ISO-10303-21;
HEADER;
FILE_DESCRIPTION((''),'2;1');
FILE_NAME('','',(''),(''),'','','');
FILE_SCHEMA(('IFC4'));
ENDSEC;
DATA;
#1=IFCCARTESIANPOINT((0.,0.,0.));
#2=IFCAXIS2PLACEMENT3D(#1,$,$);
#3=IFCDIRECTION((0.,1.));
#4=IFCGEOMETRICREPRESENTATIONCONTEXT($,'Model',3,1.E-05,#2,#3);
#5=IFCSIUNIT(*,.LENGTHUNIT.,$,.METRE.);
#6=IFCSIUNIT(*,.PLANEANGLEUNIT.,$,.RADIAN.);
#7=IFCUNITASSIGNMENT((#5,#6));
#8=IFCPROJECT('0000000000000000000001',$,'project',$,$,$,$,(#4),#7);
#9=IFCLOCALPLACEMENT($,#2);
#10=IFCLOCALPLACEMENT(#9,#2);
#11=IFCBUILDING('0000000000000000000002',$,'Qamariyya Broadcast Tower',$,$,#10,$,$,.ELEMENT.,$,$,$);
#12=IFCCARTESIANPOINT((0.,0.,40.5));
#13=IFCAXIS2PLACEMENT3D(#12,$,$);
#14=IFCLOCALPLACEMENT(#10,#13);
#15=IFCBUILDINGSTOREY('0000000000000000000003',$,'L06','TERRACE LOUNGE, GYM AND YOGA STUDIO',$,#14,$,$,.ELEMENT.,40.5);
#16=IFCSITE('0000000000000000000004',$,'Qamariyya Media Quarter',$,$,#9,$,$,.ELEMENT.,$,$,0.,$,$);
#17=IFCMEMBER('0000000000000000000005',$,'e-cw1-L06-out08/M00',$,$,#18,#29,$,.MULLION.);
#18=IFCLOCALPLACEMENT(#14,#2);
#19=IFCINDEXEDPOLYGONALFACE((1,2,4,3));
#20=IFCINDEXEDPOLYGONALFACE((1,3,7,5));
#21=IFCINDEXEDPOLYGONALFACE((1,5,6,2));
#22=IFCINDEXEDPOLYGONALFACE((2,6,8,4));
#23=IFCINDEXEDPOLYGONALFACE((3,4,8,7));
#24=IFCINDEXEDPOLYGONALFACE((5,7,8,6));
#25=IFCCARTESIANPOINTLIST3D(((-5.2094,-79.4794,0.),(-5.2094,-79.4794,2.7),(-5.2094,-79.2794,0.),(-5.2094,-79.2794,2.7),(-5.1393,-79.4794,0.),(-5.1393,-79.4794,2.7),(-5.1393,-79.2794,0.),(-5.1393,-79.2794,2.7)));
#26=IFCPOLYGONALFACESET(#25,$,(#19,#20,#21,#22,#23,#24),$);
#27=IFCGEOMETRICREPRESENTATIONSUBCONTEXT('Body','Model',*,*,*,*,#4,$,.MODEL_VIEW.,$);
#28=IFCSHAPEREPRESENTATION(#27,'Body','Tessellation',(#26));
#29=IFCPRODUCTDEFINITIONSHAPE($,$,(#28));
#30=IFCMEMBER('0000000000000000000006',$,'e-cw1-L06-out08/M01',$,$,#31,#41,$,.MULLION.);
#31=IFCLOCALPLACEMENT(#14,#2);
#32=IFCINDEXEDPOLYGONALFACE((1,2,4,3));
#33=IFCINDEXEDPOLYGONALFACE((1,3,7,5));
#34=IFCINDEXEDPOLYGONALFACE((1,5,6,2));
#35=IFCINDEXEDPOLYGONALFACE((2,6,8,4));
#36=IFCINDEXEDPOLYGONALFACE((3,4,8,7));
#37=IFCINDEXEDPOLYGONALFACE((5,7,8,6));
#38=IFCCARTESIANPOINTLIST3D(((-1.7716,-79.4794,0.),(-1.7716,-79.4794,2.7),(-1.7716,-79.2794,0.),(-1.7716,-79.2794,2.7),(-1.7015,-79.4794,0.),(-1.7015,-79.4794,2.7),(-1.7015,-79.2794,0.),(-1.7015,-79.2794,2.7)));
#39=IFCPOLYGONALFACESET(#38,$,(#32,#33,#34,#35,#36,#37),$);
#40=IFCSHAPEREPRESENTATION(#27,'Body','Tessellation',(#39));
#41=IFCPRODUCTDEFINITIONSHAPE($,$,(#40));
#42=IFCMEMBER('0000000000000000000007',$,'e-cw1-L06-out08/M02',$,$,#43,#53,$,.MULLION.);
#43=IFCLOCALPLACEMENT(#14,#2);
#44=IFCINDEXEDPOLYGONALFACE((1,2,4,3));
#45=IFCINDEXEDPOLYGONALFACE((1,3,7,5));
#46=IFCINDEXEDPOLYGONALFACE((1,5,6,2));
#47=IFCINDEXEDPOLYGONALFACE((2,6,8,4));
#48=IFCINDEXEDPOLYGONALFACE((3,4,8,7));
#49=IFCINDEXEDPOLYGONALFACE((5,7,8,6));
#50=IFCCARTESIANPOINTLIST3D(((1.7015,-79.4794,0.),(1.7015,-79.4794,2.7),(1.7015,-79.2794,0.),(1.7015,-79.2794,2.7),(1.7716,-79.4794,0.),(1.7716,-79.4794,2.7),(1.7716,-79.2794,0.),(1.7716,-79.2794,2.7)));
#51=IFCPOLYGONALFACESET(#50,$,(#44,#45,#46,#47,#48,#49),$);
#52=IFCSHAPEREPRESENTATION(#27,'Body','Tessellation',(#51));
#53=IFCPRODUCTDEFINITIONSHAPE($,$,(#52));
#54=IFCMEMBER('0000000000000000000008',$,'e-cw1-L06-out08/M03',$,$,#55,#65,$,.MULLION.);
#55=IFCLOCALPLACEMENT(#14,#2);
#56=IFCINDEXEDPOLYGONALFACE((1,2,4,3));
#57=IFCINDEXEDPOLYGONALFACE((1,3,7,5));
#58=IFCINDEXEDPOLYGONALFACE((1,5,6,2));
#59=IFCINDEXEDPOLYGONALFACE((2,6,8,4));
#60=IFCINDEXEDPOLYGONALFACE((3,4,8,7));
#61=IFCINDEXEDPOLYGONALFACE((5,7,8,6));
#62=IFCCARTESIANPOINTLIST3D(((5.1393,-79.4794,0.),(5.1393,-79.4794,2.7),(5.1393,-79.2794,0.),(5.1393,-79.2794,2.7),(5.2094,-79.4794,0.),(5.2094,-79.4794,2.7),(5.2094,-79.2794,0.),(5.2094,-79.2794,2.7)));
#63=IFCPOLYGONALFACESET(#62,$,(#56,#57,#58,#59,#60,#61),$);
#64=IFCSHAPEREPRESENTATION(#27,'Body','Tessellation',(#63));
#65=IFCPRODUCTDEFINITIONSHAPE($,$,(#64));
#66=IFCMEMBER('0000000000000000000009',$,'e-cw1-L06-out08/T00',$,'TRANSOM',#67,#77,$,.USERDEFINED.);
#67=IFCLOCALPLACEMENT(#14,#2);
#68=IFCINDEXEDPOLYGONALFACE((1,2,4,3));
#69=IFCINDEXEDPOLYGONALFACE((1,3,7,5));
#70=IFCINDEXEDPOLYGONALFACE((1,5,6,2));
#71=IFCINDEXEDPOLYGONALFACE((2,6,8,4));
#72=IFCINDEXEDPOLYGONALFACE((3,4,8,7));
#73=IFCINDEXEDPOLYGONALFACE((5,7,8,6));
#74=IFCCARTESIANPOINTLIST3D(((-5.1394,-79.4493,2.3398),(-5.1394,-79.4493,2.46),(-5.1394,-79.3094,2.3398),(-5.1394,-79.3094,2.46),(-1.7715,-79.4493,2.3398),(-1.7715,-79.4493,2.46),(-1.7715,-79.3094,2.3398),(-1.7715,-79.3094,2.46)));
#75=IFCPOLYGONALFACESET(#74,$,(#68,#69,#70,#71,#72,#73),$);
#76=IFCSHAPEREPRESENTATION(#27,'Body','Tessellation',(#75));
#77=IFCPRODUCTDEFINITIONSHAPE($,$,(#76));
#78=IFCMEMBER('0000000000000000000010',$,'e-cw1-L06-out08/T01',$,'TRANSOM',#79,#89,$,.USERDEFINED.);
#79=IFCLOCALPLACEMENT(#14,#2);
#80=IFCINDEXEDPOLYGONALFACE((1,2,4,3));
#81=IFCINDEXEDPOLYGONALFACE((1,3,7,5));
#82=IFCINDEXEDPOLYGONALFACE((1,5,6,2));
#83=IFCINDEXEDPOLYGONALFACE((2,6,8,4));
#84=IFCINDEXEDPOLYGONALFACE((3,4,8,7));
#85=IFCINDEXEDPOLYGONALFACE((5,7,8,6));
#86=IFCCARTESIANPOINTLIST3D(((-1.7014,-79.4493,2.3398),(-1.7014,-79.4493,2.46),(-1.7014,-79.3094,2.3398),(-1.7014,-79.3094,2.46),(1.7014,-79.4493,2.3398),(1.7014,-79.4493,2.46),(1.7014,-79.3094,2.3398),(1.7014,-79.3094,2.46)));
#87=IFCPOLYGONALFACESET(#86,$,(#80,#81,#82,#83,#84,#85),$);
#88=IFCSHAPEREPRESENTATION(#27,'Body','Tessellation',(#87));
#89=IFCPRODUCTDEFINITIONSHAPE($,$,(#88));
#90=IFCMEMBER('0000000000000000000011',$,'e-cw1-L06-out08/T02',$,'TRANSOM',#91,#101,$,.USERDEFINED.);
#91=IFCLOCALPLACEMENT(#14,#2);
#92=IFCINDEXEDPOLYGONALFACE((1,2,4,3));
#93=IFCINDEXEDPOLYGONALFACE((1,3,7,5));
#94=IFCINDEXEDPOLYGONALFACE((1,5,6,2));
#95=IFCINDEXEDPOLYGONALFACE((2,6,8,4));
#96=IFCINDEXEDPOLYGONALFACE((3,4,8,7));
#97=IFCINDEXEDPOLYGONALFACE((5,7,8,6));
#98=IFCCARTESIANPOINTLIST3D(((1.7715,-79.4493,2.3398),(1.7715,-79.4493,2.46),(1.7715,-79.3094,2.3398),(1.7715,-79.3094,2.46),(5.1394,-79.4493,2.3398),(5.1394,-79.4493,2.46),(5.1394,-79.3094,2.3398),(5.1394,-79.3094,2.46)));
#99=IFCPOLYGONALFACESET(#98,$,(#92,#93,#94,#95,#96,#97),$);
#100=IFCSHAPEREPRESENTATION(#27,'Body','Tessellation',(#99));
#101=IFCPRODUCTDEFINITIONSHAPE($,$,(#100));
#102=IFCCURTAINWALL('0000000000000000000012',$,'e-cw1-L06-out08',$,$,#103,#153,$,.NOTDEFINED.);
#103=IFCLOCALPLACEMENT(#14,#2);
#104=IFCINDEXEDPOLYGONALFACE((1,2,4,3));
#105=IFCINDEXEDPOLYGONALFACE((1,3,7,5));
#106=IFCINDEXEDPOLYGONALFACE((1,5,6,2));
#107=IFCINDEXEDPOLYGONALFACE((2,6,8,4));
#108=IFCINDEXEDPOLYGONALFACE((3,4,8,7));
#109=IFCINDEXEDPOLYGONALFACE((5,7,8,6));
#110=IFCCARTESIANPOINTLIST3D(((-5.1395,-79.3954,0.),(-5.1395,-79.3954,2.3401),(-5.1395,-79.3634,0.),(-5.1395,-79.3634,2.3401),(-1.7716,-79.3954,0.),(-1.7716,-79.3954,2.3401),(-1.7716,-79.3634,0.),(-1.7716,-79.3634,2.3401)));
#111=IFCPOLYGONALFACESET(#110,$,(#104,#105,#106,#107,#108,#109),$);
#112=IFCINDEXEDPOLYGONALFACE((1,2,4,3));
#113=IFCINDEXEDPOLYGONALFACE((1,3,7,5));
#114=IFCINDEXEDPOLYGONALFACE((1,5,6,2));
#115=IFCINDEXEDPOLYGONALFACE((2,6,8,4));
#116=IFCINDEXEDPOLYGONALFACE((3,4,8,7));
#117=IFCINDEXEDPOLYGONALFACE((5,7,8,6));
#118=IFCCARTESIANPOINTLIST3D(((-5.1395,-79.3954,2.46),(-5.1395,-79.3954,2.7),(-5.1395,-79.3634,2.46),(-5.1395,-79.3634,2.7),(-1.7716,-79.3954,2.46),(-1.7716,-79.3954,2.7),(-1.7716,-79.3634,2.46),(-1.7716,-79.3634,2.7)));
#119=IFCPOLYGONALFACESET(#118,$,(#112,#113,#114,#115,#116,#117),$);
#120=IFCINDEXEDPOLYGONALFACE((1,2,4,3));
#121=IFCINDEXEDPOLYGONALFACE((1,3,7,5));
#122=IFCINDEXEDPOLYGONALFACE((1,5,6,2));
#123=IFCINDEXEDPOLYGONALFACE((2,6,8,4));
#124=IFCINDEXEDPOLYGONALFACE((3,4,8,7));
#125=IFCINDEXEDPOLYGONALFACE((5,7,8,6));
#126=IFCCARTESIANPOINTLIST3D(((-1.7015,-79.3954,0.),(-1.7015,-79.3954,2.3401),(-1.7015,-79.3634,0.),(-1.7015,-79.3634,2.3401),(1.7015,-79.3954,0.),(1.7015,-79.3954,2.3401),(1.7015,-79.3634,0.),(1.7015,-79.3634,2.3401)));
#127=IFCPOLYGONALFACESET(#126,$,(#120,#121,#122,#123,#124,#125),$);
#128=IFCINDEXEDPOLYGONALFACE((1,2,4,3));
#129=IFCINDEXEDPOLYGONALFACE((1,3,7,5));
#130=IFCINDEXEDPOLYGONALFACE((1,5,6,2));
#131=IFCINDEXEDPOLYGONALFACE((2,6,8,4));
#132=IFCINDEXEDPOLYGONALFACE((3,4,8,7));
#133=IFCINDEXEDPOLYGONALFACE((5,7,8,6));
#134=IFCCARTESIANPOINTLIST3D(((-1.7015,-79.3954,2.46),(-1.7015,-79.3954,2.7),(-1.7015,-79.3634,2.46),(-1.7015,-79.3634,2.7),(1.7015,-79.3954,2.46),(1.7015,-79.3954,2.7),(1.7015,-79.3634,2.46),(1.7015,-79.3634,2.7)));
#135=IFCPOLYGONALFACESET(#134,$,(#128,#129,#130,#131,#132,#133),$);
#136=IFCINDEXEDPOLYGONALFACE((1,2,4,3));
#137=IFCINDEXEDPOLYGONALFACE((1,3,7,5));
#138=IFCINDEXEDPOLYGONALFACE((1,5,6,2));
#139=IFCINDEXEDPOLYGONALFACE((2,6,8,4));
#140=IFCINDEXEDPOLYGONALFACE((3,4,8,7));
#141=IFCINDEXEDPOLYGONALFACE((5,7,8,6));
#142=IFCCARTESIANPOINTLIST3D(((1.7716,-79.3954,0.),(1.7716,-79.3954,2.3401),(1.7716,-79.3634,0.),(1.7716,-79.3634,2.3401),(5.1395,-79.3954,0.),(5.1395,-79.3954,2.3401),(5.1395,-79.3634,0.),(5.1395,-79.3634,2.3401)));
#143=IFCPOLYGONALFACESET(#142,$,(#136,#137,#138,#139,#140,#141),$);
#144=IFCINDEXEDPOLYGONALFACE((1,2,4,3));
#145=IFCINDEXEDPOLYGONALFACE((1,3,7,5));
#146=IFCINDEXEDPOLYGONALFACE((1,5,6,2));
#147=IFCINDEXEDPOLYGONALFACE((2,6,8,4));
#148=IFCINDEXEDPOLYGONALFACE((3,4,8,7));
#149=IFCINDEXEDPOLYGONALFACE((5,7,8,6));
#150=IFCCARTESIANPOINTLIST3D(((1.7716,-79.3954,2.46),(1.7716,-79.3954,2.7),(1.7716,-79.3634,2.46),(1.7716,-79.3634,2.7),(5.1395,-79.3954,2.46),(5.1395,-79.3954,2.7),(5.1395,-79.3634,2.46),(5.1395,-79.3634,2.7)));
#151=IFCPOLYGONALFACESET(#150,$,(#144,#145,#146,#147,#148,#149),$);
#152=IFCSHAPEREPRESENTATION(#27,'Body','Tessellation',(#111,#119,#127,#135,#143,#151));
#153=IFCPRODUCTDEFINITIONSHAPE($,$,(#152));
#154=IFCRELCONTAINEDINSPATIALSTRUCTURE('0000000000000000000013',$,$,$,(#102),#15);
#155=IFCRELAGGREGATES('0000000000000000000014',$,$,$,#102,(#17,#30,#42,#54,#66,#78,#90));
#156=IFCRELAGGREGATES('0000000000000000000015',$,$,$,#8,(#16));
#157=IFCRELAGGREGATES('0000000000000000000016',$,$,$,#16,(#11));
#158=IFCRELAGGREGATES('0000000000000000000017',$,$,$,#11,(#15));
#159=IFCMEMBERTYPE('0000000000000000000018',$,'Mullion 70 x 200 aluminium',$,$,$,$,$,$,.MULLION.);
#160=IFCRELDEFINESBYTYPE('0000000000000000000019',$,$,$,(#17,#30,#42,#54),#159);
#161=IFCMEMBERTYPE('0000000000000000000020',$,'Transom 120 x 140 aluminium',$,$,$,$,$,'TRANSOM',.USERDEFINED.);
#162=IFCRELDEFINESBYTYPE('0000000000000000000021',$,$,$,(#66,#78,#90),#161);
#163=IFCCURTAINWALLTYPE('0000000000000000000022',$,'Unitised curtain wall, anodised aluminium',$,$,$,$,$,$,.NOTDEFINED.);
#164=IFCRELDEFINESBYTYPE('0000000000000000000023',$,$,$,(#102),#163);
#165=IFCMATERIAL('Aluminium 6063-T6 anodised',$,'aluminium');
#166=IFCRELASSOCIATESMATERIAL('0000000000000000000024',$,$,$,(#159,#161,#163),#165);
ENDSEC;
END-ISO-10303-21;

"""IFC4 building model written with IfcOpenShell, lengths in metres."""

from ifc_helpers import new_model, si_unit, direction, frame, origin, origin_2d, place, context, subcontext, project, spatial, rectangle, extrude, material, material_profile, profile_set, type_object, element, aggregate, save


model = new_model("IFC4")

# Units and contexts
model_context = context("Model", 3, precision=1e-05, world=origin(), true_north=direction((0.0, 1.0)))
body_context = subcontext(model_context, "Body", "Model", "MODEL_VIEW")
ifc_project = project(units=[si_unit("LENGTHUNIT", "METRE"), si_unit("PLANEANGLEUNIT", "RADIAN")], contexts=[model_context])

# Members
ifc_material = material(Name="Aluminium 6063-T6 anodised", Category="aluminium")
ifc_material_profile_1 = material_profile(ifc_material, rectangle(XDim=0.2, YDim=0.0701, at=origin_2d()))
ifc_profile_set_1 = profile_set([ifc_material_profile_1], Name="Aluminium 6063-T6 anodised")
member_type_1 = type_object("IfcMemberType", Name="Mullion 70 x 200 aluminium", PredefinedType="MULLION", material=ifc_profile_set_1)
site_placement = place(None, origin())
building_placement = place(site_placement, origin())
storey_placement = place(building_placement, frame((0.0, 0.0, 40.5)))
member_1_placement = place(storey_placement, frame((-5.1743, -79.3794, 0.0), z_axis=(0.0, 0.0, 1.0), x_axis=(0.0, 1.0, 0.0)))
member_1 = element("IfcMember", 1, at=member_1_placement, type_object=member_type_1, Name="e-cw1-L06-out08/M00", PredefinedType="MULLION", context=body_context, shape_type="SweptSolid", body=[
    extrude(rectangle(XDim=0.2, YDim=0.0701, at=origin_2d()), origin(), (0.0, 0.0, 1.0), 2.7),
])
member_2_placement = place(storey_placement, frame((-1.7366, -79.3794, 0.0), z_axis=(0.0, 0.0, 1.0), x_axis=(0.0, 1.0, 0.0)))
member_2 = element("IfcMember", 2, at=member_2_placement, type_object=member_type_1, Name="e-cw1-L06-out08/M01", PredefinedType="MULLION", context=body_context, shape_type="SweptSolid", body=[
    extrude(rectangle(XDim=0.2, YDim=0.0701, at=origin_2d()), origin(), (0.0, 0.0, 1.0), 2.7),
])
member_3_placement = place(storey_placement, frame((1.7366, -79.3794, 0.0), z_axis=(0.0, 0.0, 1.0), x_axis=(0.0, 1.0, 0.0)))
member_3 = element("IfcMember", 3, at=member_3_placement, type_object=member_type_1, Name="e-cw1-L06-out08/M02", PredefinedType="MULLION", context=body_context, shape_type="SweptSolid", body=[
    extrude(rectangle(XDim=0.2, YDim=0.0701, at=origin_2d()), origin(), (0.0, 0.0, 1.0), 2.7),
])
member_4_placement = place(storey_placement, frame((5.1743, -79.3794, 0.0), z_axis=(0.0, 0.0, 1.0), x_axis=(0.0, 1.0, 0.0)))
member_4 = element("IfcMember", 4, at=member_4_placement, type_object=member_type_1, Name="e-cw1-L06-out08/M03", PredefinedType="MULLION", context=body_context, shape_type="SweptSolid", body=[
    extrude(rectangle(XDim=0.2, YDim=0.0701, at=origin_2d()), origin(), (0.0, 0.0, 1.0), 2.7),
])
ifc_material_profile_2 = material_profile(ifc_material, rectangle(XDim=0.1399, YDim=0.1201, at=origin_2d()))
ifc_profile_set_2 = profile_set([ifc_material_profile_2], Name="Aluminium 6063-T6 anodised")
member_type_2 = type_object("IfcMemberType", Name="Transom 120 x 140 aluminium", ElementType="TRANSOM", PredefinedType="USERDEFINED", material=ifc_profile_set_2)
member_5_placement = place(storey_placement, frame((-5.1394, -79.3794, 2.3999), z_axis=(1.0, 0.0, 0.0), x_axis=(0.0, 1.0, 0.0)))
member_5 = element("IfcMember", 5, at=member_5_placement, type_object=member_type_2, Name="e-cw1-L06-out08/T00", ObjectType="TRANSOM", PredefinedType="USERDEFINED", context=body_context, shape_type="SweptSolid", body=[
    extrude(rectangle(XDim=0.1399, YDim=0.1201, at=origin_2d()), origin(), (0.0, 0.0, 1.0), 3.3679),
])
member_6_placement = place(storey_placement, frame((-1.7014, -79.3794, 2.3999), z_axis=(1.0, 0.0, 0.0), x_axis=(0.0, 1.0, 0.0)))
member_6 = element("IfcMember", 6, at=member_6_placement, type_object=member_type_2, Name="e-cw1-L06-out08/T01", ObjectType="TRANSOM", PredefinedType="USERDEFINED", context=body_context, shape_type="SweptSolid", body=[
    extrude(rectangle(XDim=0.1399, YDim=0.1201, at=origin_2d()), origin(), (0.0, 0.0, 1.0), 3.4028),
])
member_7_placement = place(storey_placement, frame((1.7715, -79.3794, 2.3999), z_axis=(1.0, 0.0, 0.0), x_axis=(0.0, 1.0, 0.0)))
member_7 = element("IfcMember", 7, at=member_7_placement, type_object=member_type_2, Name="e-cw1-L06-out08/T02", ObjectType="TRANSOM", PredefinedType="USERDEFINED", context=body_context, shape_type="SweptSolid", body=[
    extrude(rectangle(XDim=0.1399, YDim=0.1201, at=origin_2d()), origin(), (0.0, 0.0, 1.0), 3.3679),
])

# Site, building, storey
site = spatial("IfcSite", under=ifc_project, at=site_placement, Name="Qamariyya Media Quarter", CompositionType="ELEMENT", RefElevation=0.0)
building = spatial("IfcBuilding", under=site, at=building_placement, Name="Qamariyya Broadcast Tower", CompositionType="ELEMENT")
storey = spatial("IfcBuildingStorey", under=building, at=storey_placement, Name="L06", Description="TERRACE LOUNGE, GYM AND YOGA STUDIO", CompositionType="ELEMENT", Elevation=40.5)

# Curtain wall
curtain_wall_type = type_object("IfcCurtainWallType", Name="Unitised curtain wall, anodised aluminium", PredefinedType="NOTDEFINED", material=ifc_material)
curtain_wall_1_placement = place(storey_placement, origin())
curtain_wall_1 = element("IfcCurtainWall", 8, at=curtain_wall_1_placement, inside=storey, type_object=curtain_wall_type, Name="e-cw1-L06-out08", PredefinedType="NOTDEFINED", context=body_context, shape_type="SweptSolid", body=[
    extrude(rectangle(XDim=3.3679, YDim=0.032, at=origin_2d()), frame((-3.4556, -79.3794, 0.0), x_axis=(1.0, 0.0, 0.0)), (0.0, 0.0, 1.0), 2.3401),
    extrude(rectangle(XDim=3.3679, YDim=0.032, at=origin_2d()), frame((-3.4556, -79.3794, 2.46), x_axis=(1.0, 0.0, 0.0)), (0.0, 0.0, 1.0), 0.24),
    extrude(rectangle(XDim=3.4031, YDim=0.032, at=origin_2d()), frame((0.0, -79.3794, 0.0), x_axis=(1.0, 0.0, 0.0)), (0.0, 0.0, 1.0), 2.3401),
    extrude(rectangle(XDim=3.4031, YDim=0.032, at=origin_2d()), frame((0.0, -79.3794, 2.46), x_axis=(1.0, 0.0, 0.0)), (0.0, 0.0, 1.0), 0.24),
    extrude(rectangle(XDim=3.3679, YDim=0.032, at=origin_2d()), frame((3.4556, -79.3794, 0.0), x_axis=(1.0, 0.0, 0.0)), (0.0, 0.0, 1.0), 2.3401),
    extrude(rectangle(XDim=3.3679, YDim=0.032, at=origin_2d()), frame((3.4556, -79.3794, 2.46), x_axis=(1.0, 0.0, 0.0)), (0.0, 0.0, 1.0), 0.24),
])
aggregate(curtain_wall_1, [member_1, member_2, member_3, member_4, member_5, member_6, member_7])

save(model, "model.ifc")
